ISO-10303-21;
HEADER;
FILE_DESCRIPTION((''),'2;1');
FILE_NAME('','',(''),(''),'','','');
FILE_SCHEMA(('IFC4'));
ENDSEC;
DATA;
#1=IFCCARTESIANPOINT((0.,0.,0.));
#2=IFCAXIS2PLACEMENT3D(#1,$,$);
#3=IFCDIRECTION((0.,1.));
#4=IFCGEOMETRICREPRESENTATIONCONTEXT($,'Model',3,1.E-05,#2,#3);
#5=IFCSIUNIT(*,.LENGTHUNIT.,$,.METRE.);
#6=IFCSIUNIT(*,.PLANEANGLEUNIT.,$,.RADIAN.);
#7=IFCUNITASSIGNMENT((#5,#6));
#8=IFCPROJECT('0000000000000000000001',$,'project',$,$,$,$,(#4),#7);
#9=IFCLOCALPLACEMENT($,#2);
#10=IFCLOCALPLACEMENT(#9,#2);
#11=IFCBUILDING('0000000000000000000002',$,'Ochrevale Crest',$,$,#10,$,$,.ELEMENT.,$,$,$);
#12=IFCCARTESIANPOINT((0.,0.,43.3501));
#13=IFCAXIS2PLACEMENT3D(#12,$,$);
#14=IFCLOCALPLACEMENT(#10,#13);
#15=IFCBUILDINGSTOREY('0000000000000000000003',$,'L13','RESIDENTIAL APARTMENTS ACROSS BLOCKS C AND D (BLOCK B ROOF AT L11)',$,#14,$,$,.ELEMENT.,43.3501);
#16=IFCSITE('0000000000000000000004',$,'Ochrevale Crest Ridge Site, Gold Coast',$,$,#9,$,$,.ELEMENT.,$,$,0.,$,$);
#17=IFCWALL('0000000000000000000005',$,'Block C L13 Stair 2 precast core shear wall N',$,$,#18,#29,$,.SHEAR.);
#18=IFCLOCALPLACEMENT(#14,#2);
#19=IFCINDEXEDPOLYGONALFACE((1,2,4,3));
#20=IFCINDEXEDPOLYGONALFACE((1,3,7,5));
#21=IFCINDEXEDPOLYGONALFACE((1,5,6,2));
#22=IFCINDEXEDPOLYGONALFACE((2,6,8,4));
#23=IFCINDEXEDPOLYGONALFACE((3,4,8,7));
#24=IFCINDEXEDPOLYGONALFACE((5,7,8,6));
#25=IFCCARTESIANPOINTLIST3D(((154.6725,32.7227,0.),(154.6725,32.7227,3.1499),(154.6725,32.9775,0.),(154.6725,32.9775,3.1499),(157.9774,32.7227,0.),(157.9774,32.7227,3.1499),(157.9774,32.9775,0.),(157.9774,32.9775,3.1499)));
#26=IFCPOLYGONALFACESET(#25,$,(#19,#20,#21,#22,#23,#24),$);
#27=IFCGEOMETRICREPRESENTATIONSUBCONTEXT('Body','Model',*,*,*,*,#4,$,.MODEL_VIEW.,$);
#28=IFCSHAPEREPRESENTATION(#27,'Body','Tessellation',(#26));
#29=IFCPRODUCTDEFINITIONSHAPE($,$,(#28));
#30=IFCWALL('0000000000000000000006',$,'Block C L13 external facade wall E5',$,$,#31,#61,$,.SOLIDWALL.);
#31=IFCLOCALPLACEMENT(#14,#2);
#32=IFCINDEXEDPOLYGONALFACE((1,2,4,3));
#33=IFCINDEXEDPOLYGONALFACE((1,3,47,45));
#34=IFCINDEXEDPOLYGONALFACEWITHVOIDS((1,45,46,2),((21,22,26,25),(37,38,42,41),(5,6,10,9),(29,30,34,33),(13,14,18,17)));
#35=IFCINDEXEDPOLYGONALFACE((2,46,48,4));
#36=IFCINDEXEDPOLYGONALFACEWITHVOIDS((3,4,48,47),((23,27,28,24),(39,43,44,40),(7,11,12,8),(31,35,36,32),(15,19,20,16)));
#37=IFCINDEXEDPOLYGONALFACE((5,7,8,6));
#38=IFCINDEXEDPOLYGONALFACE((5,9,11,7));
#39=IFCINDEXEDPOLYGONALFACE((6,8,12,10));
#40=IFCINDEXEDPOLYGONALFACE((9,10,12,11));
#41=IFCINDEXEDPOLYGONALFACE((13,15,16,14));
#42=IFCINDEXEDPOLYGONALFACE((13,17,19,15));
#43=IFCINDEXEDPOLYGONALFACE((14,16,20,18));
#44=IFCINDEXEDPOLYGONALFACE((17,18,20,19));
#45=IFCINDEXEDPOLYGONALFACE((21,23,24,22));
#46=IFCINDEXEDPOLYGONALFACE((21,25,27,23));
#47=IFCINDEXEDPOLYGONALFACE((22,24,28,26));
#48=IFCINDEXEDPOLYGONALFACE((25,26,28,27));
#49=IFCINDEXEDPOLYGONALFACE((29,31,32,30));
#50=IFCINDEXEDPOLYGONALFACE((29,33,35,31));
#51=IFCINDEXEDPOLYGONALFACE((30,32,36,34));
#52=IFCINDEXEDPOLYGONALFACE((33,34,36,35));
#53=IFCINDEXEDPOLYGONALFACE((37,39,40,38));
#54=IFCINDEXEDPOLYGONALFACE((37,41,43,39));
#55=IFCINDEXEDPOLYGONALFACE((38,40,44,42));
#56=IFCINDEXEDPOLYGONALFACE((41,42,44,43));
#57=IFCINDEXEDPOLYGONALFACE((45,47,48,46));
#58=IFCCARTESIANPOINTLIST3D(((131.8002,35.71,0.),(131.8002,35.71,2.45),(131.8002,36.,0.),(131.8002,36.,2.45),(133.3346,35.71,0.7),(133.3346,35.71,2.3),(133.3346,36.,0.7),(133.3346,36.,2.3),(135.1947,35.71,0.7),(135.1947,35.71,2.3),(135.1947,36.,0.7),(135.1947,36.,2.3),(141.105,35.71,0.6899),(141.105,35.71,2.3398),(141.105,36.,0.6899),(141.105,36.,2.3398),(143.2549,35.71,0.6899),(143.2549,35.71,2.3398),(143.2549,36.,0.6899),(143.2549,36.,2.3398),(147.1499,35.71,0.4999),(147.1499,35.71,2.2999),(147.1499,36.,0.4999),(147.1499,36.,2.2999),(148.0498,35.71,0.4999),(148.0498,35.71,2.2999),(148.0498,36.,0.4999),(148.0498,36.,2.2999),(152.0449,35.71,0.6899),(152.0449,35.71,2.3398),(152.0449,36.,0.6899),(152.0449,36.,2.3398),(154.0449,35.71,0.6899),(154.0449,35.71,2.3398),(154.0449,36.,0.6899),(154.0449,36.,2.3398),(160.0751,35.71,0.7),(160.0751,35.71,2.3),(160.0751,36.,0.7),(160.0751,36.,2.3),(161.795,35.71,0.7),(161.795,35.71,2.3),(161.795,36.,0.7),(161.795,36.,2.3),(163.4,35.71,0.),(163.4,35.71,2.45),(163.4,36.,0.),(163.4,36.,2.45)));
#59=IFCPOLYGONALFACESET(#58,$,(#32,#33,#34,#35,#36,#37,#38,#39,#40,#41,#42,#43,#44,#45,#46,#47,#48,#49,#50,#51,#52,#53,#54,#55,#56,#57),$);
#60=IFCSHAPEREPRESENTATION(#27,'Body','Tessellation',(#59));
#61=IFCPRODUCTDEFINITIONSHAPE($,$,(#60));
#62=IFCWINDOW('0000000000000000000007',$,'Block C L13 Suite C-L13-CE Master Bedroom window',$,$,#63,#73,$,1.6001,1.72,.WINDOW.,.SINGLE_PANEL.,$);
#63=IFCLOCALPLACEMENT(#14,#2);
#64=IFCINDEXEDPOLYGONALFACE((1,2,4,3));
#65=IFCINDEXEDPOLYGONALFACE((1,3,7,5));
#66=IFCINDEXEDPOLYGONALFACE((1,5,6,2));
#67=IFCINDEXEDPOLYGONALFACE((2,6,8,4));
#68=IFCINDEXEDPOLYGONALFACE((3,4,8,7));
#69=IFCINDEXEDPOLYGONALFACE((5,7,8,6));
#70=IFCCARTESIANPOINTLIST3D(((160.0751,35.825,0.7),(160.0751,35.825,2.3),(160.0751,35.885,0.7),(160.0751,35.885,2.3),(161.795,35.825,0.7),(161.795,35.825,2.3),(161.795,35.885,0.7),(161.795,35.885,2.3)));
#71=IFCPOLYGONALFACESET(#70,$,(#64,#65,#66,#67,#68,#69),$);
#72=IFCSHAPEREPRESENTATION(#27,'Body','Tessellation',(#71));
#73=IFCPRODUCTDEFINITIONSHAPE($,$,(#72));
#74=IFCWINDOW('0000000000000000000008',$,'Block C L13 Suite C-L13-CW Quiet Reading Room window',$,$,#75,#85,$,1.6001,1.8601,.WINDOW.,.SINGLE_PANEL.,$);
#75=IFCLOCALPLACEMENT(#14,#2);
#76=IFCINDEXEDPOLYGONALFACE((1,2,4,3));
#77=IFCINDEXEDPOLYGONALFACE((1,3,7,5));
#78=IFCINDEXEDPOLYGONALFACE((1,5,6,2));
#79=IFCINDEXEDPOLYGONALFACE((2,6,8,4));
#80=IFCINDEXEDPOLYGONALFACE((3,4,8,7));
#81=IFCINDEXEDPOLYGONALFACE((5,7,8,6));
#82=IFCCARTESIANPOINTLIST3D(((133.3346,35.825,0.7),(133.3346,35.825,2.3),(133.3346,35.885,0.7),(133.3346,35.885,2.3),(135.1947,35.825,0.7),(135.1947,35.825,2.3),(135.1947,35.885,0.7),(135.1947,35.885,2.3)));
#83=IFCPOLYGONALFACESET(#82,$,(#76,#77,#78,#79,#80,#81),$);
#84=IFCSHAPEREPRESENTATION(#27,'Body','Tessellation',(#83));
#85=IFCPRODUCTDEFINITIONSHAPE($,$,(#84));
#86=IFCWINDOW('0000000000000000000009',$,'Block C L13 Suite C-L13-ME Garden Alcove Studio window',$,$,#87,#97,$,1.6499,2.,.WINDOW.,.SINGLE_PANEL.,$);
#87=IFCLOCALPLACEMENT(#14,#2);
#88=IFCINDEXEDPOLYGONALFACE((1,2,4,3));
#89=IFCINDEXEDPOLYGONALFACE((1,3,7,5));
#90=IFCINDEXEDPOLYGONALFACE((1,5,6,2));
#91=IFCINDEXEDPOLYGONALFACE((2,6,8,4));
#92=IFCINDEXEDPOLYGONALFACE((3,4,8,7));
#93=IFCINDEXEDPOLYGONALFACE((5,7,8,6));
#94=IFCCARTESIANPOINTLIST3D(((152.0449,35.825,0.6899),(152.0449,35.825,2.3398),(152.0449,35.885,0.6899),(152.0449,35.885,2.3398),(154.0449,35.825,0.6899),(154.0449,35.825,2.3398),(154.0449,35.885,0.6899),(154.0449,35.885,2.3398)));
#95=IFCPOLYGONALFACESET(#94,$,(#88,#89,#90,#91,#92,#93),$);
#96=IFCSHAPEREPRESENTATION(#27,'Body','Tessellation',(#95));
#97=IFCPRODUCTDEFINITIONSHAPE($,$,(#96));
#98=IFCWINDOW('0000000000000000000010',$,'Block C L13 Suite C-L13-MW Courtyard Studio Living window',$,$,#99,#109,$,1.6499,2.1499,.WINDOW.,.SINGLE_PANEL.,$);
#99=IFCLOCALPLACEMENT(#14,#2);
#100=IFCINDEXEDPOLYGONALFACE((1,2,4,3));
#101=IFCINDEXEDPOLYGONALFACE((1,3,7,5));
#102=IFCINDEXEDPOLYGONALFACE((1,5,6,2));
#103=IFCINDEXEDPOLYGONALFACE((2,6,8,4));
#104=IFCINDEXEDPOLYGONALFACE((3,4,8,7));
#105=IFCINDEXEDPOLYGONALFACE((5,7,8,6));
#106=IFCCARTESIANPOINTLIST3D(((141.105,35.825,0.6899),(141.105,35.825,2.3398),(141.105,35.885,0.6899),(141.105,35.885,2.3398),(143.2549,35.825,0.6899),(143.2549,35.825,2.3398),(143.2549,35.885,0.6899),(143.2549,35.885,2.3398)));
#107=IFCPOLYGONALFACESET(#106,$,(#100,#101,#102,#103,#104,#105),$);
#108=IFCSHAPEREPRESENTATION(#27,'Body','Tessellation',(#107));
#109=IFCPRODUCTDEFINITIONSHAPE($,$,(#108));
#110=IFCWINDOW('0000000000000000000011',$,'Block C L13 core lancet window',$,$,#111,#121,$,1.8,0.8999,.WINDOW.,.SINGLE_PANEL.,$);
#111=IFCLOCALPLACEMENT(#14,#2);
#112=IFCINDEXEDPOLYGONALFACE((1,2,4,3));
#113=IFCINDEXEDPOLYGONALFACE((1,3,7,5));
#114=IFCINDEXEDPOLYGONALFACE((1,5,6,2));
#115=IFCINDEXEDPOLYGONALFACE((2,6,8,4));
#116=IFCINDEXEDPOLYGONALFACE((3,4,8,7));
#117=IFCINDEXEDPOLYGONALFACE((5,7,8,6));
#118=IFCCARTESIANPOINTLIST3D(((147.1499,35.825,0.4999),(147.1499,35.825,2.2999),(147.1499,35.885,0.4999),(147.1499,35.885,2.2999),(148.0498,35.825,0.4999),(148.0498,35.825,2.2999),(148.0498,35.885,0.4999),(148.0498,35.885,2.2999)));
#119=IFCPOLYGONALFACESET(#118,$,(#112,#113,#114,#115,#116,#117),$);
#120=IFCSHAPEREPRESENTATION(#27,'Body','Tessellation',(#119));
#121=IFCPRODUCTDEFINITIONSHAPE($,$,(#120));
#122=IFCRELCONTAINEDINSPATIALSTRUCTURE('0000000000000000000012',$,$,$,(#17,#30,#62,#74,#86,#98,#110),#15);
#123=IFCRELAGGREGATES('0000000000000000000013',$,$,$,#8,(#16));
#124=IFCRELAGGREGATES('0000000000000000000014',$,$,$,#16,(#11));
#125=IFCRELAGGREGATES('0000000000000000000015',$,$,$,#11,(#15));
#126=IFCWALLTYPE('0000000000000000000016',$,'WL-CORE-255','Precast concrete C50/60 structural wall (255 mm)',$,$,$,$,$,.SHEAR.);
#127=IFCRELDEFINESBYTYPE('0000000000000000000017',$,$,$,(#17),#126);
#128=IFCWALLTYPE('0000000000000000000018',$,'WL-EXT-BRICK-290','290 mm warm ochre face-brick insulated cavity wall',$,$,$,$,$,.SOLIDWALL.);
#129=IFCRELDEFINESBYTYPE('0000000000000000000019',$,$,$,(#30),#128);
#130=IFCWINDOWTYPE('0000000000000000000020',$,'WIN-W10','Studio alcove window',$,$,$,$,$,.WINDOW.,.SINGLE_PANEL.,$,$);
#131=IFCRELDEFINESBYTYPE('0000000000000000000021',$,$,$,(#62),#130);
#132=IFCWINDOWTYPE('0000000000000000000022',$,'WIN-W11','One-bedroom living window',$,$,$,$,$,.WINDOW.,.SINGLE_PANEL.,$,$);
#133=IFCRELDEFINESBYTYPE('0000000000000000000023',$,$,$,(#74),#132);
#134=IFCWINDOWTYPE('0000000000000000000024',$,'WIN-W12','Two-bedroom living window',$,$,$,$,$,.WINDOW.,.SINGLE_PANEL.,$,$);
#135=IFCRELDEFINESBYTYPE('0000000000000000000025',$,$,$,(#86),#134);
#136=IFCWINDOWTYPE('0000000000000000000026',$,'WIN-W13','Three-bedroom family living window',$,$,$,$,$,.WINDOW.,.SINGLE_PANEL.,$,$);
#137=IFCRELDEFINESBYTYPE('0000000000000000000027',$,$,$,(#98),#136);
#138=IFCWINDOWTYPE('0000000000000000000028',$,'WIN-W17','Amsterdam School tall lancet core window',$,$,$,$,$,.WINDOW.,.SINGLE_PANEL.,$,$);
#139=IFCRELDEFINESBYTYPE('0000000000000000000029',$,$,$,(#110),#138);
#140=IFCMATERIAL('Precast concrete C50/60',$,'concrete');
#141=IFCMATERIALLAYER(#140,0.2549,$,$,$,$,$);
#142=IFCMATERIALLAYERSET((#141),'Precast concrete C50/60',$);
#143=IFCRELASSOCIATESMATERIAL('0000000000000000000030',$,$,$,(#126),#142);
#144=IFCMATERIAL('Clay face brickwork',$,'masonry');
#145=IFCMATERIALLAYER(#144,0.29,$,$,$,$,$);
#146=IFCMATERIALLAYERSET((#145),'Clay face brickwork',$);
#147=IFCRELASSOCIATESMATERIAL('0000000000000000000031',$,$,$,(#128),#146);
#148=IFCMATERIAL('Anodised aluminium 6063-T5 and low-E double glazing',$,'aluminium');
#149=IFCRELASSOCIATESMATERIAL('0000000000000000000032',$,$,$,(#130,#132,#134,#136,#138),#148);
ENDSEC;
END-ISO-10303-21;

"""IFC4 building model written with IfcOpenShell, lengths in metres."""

from ifc_helpers import new_model, si_unit, direction, frame, frame_2d, origin, place, context, subcontext, project, spatial, rectangle, extrude, material, layer, layer_set, type_object, element, fill, save


model = new_model("IFC4")

# Units and contexts
model_context = context("Model", 3, precision=1e-05, world=origin(), true_north=direction((0.0, 1.0)))
body_context = subcontext(model_context, "Body", "Model", "MODEL_VIEW")
ifc_project = project(units=[si_unit("LENGTHUNIT", "METRE"), si_unit("PLANEANGLEUNIT", "RADIAN")], contexts=[model_context])

# Site, building, storey
site_placement = place(None, origin())
site = spatial("IfcSite", under=ifc_project, at=site_placement, Name="Ochrevale Crest Ridge Site, Gold Coast", CompositionType="ELEMENT", RefElevation=0.0)
building_placement = place(site_placement, origin())
building = spatial("IfcBuilding", under=site, at=building_placement, Name="Ochrevale Crest", CompositionType="ELEMENT")
storey_placement = place(building_placement, frame((0.0, 0.0, 43.3501)))
storey = spatial("IfcBuildingStorey", under=building, at=storey_placement, Name="L13", Description="RESIDENTIAL APARTMENTS ACROSS BLOCKS C AND D (BLOCK B ROOF AT L11)", CompositionType="ELEMENT", Elevation=43.3501)

# Shared definitions
ifc_material_1 = material(Name="Precast concrete C50/60", Category="concrete")

# Wall
ifc_layer_1 = layer(ifc_material_1, 0.2549)
ifc_layer_set_1 = layer_set([ifc_layer_1], Name="Precast concrete C50/60")
wall_type_1 = type_object("IfcWallType", Name="WL-CORE-255", Description="Precast concrete C50/60 structural wall (255 mm)", PredefinedType="SHEAR", material=ifc_layer_set_1)
wall_1_placement = place(storey_placement, frame((154.6726, 32.8501, 0.0), z_axis=(0.0, 0.0, 1.0), x_axis=(1.0, 0.0, 0.0)))
element("IfcWall", 1, at=wall_1_placement, inside=storey, type_object=wall_type_1, Name="Block C L13 Stair 2 precast core shear wall N", PredefinedType="SHEAR", context=body_context, shape_type="SweptSolid", body=[
    extrude(rectangle(XDim=3.3049, YDim=0.2549, at=frame_2d((1.6523, 0.0))), origin(), (0.0, 0.0, 1.0), 3.1499),
])

# Wall, openings, windows
ifc_material_2 = material(Name="Clay face brickwork", Category="masonry")
ifc_layer_2 = layer(ifc_material_2, 0.29)
ifc_layer_set_2 = layer_set([ifc_layer_2], Name="Clay face brickwork")
wall_type_2 = type_object("IfcWallType", Name="WL-EXT-BRICK-290", Description="290 mm warm ochre face-brick insulated cavity wall", PredefinedType="SOLIDWALL", material=ifc_layer_set_2)
wall_2_placement = place(storey_placement, frame((163.3999, 35.855, 0.0), z_axis=(0.0, 0.0, 1.0), x_axis=(-1.0, 0.0, 0.0)))
wall_2 = element("IfcWall", 2, at=wall_2_placement, inside=storey, type_object=wall_type_2, Name="Block C L13 external facade wall E5", PredefinedType="SOLIDWALL", context=body_context, shape_type="SweptSolid", body=[
    extrude(rectangle(XDim=31.5999, YDim=0.29, at=frame_2d((15.7998, 0.0))), origin(), (0.0, 0.0, 1.0), 2.45),
])
opening_1_placement = place(wall_2_placement, frame((15.3501, 0.0, 0.5)))
opening_1 = element("IfcOpeningElement", 3, at=opening_1_placement, cuts=wall_2, PredefinedType="OPENING", context=body_context, shape_type="SweptSolid", body=[
    extrude(rectangle(XDim=0.8999, YDim=1.8, at=frame_2d((0.45, 0.8999))), frame((0.0, 0.155, 0.0), z_axis=(0.0, -1.0, 0.0), x_axis=(1.0, 0.0, 0.0)), (0.0, 0.0, 1.0), 0.3101),
])
opening_2_placement = place(wall_2_placement, frame((1.605, 0.0, 0.7)))
opening_2 = element("IfcOpeningElement", 4, at=opening_2_placement, cuts=wall_2, PredefinedType="OPENING", context=body_context, shape_type="SweptSolid", body=[
    extrude(rectangle(XDim=1.72, YDim=1.6001, at=frame_2d((0.8599, 0.8))), frame((0.0, 0.155, 0.0), z_axis=(0.0, -1.0, 0.0), x_axis=(1.0, 0.0, 0.0)), (0.0, 0.0, 1.0), 0.3101),
])
opening_3_placement = place(wall_2_placement, frame((28.2051, 0.0, 0.7)))
opening_3 = element("IfcOpeningElement", 5, at=opening_3_placement, cuts=wall_2, PredefinedType="OPENING", context=body_context, shape_type="SweptSolid", body=[
    extrude(rectangle(XDim=1.8601, YDim=1.6001, at=frame_2d((0.9302, 0.8))), frame((0.0, 0.155, 0.0), z_axis=(0.0, -1.0, 0.0), x_axis=(1.0, 0.0, 0.0)), (0.0, 0.0, 1.0), 0.3101),
])
opening_4_placement = place(wall_2_placement, frame((9.355, 0.0, 0.6899)))
opening_4 = element("IfcOpeningElement", 6, at=opening_4_placement, cuts=wall_2, PredefinedType="OPENING", context=body_context, shape_type="SweptSolid", body=[
    extrude(rectangle(XDim=2.0, YDim=1.6499, at=frame_2d((1.0, 0.825))), frame((0.0, 0.155, 0.0), z_axis=(0.0, -1.0, 0.0), x_axis=(1.0, 0.0, 0.0)), (0.0, 0.0, 1.0), 0.3101),
])
opening_5_placement = place(wall_2_placement, frame((20.145, 0.0, 0.6899)))
opening_5 = element("IfcOpeningElement", 7, at=opening_5_placement, cuts=wall_2, PredefinedType="OPENING", context=body_context, shape_type="SweptSolid", body=[
    extrude(rectangle(XDim=2.1499, YDim=1.6499, at=frame_2d((1.075, 0.825))), frame((0.0, 0.155, 0.0), z_axis=(0.0, -1.0, 0.0), x_axis=(1.0, 0.0, 0.0)), (0.0, 0.0, 1.0), 0.3101),
])
ifc_material_3 = material(Name="Anodised aluminium 6063-T5 and low-E double glazing", Category="aluminium")
window_type_1 = type_object("IfcWindowType", Name="WIN-W10", Description="Studio alcove window", PartitioningType="SINGLE_PANEL", PredefinedType="WINDOW", material=ifc_material_3)
window_1_placement = place(opening_2_placement, origin())
window_1 = element("IfcWindow", 8, at=window_1_placement, inside=storey, type_object=window_type_1, Name="Block C L13 Suite C-L13-CE Master Bedroom window", OverallHeight=1.6001, OverallWidth=1.72, PartitioningType="SINGLE_PANEL", PredefinedType="WINDOW", context=body_context, shape_type="SweptSolid", body=[
    extrude(rectangle(XDim=1.72, YDim=1.6001, at=frame_2d((0.8599, 0.8))), frame((0.0, 0.03, 0.0), z_axis=(0.0, -1.0, 0.0), x_axis=(1.0, 0.0, 0.0)), (0.0, 0.0, 1.0), 0.0601),
])
fill(opening_2, window_1)
window_type_2 = type_object("IfcWindowType", Name="WIN-W11", Description="One-bedroom living window", PartitioningType="SINGLE_PANEL", PredefinedType="WINDOW", material=ifc_material_3)
window_2_placement = place(opening_3_placement, origin())
window_2 = element("IfcWindow", 9, at=window_2_placement, inside=storey, type_object=window_type_2, Name="Block C L13 Suite C-L13-CW Quiet Reading Room window", OverallHeight=1.6001, OverallWidth=1.8601, PartitioningType="SINGLE_PANEL", PredefinedType="WINDOW", context=body_context, shape_type="SweptSolid", body=[
    extrude(rectangle(XDim=1.8601, YDim=1.6001, at=frame_2d((0.9302, 0.8))), frame((0.0, 0.03, 0.0), z_axis=(0.0, -1.0, 0.0), x_axis=(1.0, 0.0, 0.0)), (0.0, 0.0, 1.0), 0.0601),
])
fill(opening_3, window_2)
window_type_3 = type_object("IfcWindowType", Name="WIN-W12", Description="Two-bedroom living window", PartitioningType="SINGLE_PANEL", PredefinedType="WINDOW", material=ifc_material_3)
window_3_placement = place(opening_4_placement, origin())
window_3 = element("IfcWindow", 10, at=window_3_placement, inside=storey, type_object=window_type_3, Name="Block C L13 Suite C-L13-ME Garden Alcove Studio window", OverallHeight=1.6499, OverallWidth=2.0, PartitioningType="SINGLE_PANEL", PredefinedType="WINDOW", context=body_context, shape_type="SweptSolid", body=[
    extrude(rectangle(XDim=2.0, YDim=1.6499, at=frame_2d((1.0, 0.825))), frame((0.0, 0.03, 0.0), z_axis=(0.0, -1.0, 0.0), x_axis=(1.0, 0.0, 0.0)), (0.0, 0.0, 1.0), 0.0601),
])
fill(opening_4, window_3)
window_type_4 = type_object("IfcWindowType", Name="WIN-W13", Description="Three-bedroom family living window", PartitioningType="SINGLE_PANEL", PredefinedType="WINDOW", material=ifc_material_3)
window_4_placement = place(opening_5_placement, origin())
window_4 = element("IfcWindow", 11, at=window_4_placement, inside=storey, type_object=window_type_4, Name="Block C L13 Suite C-L13-MW Courtyard Studio Living window", OverallHeight=1.6499, OverallWidth=2.1499, PartitioningType="SINGLE_PANEL", PredefinedType="WINDOW", context=body_context, shape_type="SweptSolid", body=[
    extrude(rectangle(XDim=2.1499, YDim=1.6499, at=frame_2d((1.075, 0.825))), frame((0.0, 0.03, 0.0), z_axis=(0.0, -1.0, 0.0), x_axis=(1.0, 0.0, 0.0)), (0.0, 0.0, 1.0), 0.0601),
])
fill(opening_5, window_4)
window_type_5 = type_object("IfcWindowType", Name="WIN-W17", Description="Amsterdam School tall lancet core window", PartitioningType="SINGLE_PANEL", PredefinedType="WINDOW", material=ifc_material_3)
window_5_placement = place(opening_1_placement, origin())
window_5 = element("IfcWindow", 12, at=window_5_placement, inside=storey, type_object=window_type_5, Name="Block C L13 core lancet window", OverallHeight=1.8, OverallWidth=0.8999, PartitioningType="SINGLE_PANEL", PredefinedType="WINDOW", context=body_context, shape_type="SweptSolid", body=[
    extrude(rectangle(XDim=0.8999, YDim=1.8, at=frame_2d((0.45, 0.8999))), frame((0.0, 0.03, 0.0), z_axis=(0.0, -1.0, 0.0), x_axis=(1.0, 0.0, 0.0)), (0.0, 0.0, 1.0), 0.0601),
])
fill(opening_1, window_5)

save(model, "model.ifc")
